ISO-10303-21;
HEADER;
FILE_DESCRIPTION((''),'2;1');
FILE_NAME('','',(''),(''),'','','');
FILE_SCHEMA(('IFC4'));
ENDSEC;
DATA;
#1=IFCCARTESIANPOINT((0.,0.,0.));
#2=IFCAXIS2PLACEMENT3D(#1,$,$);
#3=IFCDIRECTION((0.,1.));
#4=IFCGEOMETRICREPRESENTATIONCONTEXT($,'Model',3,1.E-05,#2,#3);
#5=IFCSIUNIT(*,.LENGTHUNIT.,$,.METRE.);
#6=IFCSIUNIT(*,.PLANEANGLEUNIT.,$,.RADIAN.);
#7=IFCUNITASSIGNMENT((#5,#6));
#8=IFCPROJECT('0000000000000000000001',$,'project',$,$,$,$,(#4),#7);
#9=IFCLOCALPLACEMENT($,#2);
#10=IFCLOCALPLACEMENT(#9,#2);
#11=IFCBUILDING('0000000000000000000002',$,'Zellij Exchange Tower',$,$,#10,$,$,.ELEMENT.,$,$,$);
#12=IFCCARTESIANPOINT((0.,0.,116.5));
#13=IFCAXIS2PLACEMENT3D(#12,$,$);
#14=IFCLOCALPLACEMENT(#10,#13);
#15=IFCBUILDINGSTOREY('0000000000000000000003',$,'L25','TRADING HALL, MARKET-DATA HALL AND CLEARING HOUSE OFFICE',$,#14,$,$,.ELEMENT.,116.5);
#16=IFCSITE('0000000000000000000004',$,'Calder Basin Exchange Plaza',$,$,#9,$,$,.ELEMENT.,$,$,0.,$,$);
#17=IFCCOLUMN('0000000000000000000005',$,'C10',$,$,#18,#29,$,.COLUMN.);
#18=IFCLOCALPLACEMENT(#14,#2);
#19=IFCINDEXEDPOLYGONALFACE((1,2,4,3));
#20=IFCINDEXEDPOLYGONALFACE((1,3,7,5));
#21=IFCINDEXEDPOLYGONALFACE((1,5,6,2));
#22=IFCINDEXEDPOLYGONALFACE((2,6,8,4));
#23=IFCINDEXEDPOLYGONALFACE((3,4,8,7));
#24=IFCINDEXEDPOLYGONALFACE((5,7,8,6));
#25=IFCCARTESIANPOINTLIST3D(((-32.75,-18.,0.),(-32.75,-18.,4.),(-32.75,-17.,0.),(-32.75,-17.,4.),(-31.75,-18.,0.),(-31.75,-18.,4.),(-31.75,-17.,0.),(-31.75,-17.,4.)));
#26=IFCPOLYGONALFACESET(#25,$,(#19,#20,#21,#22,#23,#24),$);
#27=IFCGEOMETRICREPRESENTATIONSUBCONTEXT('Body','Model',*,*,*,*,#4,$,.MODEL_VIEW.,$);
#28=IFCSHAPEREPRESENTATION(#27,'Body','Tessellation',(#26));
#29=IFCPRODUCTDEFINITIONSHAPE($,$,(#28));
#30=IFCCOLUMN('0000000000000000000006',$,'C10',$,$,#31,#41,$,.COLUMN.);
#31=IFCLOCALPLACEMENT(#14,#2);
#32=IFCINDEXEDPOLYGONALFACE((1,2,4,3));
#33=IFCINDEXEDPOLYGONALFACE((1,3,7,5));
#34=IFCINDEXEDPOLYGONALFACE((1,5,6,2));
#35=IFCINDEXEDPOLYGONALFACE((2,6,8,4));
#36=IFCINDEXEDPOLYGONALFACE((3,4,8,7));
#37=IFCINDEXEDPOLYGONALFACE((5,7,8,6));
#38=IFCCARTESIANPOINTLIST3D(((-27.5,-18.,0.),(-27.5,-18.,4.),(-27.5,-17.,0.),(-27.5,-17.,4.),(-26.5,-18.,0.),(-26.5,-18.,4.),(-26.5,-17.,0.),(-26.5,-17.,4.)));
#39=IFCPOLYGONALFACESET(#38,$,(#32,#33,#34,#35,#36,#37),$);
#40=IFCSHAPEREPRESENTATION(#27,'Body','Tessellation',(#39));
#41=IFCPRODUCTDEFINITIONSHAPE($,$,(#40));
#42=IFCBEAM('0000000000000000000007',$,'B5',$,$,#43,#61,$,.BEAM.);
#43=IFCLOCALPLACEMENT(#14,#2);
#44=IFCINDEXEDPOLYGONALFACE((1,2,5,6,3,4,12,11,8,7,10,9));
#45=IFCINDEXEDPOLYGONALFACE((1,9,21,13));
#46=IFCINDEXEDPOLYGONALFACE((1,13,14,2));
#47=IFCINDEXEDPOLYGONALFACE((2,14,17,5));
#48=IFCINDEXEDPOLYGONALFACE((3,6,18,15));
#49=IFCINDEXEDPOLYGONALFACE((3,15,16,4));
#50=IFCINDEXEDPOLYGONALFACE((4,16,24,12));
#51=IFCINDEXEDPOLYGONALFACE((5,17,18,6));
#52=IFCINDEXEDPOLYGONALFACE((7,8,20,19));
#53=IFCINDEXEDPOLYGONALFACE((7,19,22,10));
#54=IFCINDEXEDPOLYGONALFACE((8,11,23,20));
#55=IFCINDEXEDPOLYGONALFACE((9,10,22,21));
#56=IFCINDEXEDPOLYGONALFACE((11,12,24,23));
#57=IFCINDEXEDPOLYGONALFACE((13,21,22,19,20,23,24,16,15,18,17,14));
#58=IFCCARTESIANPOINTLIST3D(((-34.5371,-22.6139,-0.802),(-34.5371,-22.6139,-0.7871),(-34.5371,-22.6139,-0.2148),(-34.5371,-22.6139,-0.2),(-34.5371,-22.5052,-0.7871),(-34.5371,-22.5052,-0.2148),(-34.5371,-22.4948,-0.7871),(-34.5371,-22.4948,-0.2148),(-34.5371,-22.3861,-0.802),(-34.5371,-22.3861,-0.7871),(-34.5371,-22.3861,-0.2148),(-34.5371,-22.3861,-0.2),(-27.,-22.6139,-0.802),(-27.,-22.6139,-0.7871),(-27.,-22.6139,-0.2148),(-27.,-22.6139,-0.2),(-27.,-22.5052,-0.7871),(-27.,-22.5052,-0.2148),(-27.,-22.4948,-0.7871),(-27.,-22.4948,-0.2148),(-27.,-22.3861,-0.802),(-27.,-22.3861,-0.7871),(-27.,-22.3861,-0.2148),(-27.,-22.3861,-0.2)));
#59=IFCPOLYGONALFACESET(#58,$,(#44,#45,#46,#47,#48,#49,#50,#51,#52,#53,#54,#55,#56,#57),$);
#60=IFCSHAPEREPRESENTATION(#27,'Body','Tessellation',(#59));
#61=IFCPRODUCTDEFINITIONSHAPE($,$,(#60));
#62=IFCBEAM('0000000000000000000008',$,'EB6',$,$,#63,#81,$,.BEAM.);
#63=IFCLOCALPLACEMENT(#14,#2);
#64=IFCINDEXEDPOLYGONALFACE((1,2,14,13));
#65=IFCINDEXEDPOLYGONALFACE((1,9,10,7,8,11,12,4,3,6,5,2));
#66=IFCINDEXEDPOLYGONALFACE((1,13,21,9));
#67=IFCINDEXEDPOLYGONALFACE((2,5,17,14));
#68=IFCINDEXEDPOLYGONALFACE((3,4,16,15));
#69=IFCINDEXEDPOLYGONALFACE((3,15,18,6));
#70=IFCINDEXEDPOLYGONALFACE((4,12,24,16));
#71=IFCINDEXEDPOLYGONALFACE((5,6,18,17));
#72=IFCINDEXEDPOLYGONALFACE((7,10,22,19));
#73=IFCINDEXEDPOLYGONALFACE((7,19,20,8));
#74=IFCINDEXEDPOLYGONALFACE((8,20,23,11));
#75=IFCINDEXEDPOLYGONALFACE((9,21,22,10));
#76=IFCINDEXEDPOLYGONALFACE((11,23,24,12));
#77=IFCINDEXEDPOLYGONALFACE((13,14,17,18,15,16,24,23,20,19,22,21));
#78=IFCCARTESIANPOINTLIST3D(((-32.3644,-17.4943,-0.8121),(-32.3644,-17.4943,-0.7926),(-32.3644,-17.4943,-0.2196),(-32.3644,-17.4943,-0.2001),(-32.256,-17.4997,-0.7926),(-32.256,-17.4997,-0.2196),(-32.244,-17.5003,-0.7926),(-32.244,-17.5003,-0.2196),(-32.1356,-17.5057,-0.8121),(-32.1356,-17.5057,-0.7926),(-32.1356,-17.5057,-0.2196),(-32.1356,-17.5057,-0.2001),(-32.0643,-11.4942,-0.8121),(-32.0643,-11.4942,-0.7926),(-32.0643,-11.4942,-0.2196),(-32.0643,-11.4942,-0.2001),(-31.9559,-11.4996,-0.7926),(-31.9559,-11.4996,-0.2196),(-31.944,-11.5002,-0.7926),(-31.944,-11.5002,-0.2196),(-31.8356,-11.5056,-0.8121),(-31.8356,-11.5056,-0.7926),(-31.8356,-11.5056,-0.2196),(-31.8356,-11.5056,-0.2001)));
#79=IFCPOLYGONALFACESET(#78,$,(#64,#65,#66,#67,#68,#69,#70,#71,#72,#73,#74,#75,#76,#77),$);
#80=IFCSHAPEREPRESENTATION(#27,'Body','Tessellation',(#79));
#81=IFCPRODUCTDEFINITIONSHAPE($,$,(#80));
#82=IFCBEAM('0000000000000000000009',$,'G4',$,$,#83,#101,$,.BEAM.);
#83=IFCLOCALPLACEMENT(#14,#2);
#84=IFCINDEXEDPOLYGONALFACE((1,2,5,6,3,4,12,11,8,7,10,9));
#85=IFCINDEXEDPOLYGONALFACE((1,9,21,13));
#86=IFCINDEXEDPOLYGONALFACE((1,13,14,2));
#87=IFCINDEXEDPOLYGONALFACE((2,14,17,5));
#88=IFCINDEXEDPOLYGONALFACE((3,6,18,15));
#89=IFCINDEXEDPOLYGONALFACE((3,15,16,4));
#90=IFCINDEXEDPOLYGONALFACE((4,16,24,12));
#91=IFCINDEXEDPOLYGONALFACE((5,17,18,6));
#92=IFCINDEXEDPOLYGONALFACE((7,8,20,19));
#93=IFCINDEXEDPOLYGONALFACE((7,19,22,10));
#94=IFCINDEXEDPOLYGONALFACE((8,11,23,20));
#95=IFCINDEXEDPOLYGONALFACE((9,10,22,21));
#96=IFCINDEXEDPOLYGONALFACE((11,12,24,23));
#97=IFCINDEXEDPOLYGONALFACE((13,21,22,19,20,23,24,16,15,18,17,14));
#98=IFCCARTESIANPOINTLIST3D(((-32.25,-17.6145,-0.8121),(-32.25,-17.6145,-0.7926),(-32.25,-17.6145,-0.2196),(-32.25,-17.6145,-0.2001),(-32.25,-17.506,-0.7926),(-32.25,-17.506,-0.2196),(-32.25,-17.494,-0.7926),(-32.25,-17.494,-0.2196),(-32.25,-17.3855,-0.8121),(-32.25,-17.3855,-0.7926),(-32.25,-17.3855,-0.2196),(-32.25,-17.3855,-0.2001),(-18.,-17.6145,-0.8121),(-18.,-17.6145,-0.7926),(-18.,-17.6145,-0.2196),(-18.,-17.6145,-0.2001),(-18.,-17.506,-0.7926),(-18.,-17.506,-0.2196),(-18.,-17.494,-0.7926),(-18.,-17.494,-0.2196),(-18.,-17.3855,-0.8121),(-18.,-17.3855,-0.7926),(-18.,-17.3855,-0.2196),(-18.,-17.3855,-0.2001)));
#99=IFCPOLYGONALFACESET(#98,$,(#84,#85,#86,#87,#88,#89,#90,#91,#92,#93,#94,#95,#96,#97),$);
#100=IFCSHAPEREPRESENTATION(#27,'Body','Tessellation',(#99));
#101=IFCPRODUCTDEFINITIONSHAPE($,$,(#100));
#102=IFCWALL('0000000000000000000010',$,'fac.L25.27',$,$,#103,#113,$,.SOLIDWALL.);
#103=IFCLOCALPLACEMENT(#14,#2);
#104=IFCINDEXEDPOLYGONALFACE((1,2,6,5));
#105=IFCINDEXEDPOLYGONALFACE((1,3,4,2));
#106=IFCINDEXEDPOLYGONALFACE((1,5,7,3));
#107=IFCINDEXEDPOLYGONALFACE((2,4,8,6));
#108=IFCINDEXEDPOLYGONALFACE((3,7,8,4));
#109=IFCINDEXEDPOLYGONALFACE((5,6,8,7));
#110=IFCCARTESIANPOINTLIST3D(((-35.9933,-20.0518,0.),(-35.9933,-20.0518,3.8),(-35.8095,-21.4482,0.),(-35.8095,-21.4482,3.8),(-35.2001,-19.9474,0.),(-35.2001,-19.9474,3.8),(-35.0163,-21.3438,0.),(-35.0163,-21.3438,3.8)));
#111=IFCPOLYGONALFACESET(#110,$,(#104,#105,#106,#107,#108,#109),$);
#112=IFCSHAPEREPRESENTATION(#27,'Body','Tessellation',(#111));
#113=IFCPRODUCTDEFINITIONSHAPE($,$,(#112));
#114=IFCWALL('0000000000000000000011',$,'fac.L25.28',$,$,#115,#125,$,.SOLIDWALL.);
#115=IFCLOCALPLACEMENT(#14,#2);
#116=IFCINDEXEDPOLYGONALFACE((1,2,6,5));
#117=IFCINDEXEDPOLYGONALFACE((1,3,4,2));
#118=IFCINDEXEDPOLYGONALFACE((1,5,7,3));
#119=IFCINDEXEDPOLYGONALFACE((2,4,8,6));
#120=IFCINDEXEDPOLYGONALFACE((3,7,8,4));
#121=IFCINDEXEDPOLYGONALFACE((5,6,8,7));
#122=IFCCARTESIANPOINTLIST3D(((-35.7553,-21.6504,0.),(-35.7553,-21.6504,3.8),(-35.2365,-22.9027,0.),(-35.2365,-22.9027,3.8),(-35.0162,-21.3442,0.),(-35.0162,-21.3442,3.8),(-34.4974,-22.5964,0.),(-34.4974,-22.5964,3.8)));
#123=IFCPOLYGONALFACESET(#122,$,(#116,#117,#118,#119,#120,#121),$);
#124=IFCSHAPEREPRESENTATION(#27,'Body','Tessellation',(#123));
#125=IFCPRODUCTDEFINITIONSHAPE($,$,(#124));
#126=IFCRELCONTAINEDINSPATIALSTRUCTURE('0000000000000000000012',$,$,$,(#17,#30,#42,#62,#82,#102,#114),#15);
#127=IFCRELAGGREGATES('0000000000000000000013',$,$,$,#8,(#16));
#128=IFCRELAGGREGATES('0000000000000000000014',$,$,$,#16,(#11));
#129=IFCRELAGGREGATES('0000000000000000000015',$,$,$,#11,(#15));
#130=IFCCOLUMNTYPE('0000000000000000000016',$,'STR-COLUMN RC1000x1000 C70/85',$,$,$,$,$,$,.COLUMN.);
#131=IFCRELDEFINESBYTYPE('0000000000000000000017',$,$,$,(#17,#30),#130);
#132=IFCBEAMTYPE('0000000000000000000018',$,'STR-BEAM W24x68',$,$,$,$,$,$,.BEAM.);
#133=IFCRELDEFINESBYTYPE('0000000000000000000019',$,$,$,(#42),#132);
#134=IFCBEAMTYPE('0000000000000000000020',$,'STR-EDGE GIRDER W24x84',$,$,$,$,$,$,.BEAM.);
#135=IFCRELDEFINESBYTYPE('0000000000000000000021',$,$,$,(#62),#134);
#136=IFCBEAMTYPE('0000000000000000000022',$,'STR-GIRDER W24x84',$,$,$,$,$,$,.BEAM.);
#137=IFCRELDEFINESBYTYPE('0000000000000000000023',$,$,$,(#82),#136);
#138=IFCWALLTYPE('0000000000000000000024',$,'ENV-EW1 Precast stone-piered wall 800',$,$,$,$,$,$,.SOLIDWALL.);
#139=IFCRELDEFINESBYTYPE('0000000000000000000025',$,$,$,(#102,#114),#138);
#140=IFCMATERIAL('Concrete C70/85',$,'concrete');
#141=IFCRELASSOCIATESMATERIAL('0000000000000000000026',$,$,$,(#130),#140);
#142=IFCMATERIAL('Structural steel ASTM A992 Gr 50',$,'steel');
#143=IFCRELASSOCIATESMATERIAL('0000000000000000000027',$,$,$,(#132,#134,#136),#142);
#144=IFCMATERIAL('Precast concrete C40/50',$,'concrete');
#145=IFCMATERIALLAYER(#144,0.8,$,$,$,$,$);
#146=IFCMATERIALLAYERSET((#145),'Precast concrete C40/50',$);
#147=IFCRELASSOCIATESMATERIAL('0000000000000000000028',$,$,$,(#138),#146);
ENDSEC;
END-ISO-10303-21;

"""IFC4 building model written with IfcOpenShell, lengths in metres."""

from ifc_helpers import new_model, si_unit, direction, frame, frame_2d, origin, origin_2d, place, context, subcontext, project, spatial, rectangle, i_section, extrude, material, layer, layer_set, material_profile, profile_set, type_object, element, save


model = new_model("IFC4")

# Units and contexts
model_context = context("Model", 3, precision=1e-05, world=origin(), true_north=direction((0.0, 1.0)))
body_context = subcontext(model_context, "Body", "Model", "MODEL_VIEW")
ifc_project = project(units=[si_unit("LENGTHUNIT", "METRE"), si_unit("PLANEANGLEUNIT", "RADIAN")], contexts=[model_context])

# Site, building, storey
site_placement = place(None, origin())
site = spatial("IfcSite", under=ifc_project, at=site_placement, Name="Calder Basin Exchange Plaza", CompositionType="ELEMENT", RefElevation=0.0)
building_placement = place(site_placement, origin())
building = spatial("IfcBuilding", under=site, at=building_placement, Name="Zellij Exchange Tower", CompositionType="ELEMENT")
storey_placement = place(building_placement, frame((0.0, 0.0, 116.5)))
storey = spatial("IfcBuildingStorey", under=building, at=storey_placement, Name="L25", Description="TRADING HALL, MARKET-DATA HALL AND CLEARING HOUSE OFFICE", CompositionType="ELEMENT", Elevation=116.5)

# Columns
ifc_material_1 = material(Name="Concrete C70/85", Category="concrete")
ifc_material_profile_1 = material_profile(ifc_material_1, rectangle(XDim=1.0, YDim=1.0, at=origin_2d()), Name="STR-COLUMN RC1000x1000 C70/85")
ifc_profile_set_1 = profile_set([ifc_material_profile_1], Name="Concrete C70/85")
column_type = type_object("IfcColumnType", Name="STR-COLUMN RC1000x1000 C70/85", PredefinedType="COLUMN", material=ifc_profile_set_1)
for number, where, z_axis, x_axis, name in (
    (1, (-32.25, -17.5, 0.0), (0.0, 0.0, 1.0), (1.0, 0.0, 0.0), "C10"),
    (2, (-27.0, -17.5, 0.0), (0.0, 0.0, 1.0), (1.0, 0.0, 0.0), "C10"),
):
    element("IfcColumn", number, at=place(storey_placement, frame(where, z_axis=z_axis, x_axis=x_axis)), inside=storey, type_object=column_type, Name=name, PredefinedType="COLUMN", context=body_context, shape_type="SweptSolid", body=[
        extrude(rectangle(XDim=1.0, YDim=1.0, at=origin_2d()), origin(), (0.0, 0.0, 1.0), 4.0),
    ])

# Beams
ifc_material_2 = material(Name="Structural steel ASTM A992 Gr 50", Category="steel")
ifc_material_profile_2 = material_profile(ifc_material_2, i_section(OverallWidth=0.2278, OverallDepth=0.6021, WebThickness=0.0105, FlangeThickness=0.0149, at=origin_2d()), Name="W24x68")
ifc_profile_set_2 = profile_set([ifc_material_profile_2], Name="Structural steel ASTM A992 Gr 50")
beam_type_1 = type_object("IfcBeamType", Name="STR-BEAM W24x68", PredefinedType="BEAM", material=ifc_profile_set_2)
beam_1_placement = place(storey_placement, frame((-34.5371, -22.5, -0.501), z_axis=(1.0, 0.0, 0.0), x_axis=(0.0, 1.0, 0.0)))
element("IfcBeam", 3, at=beam_1_placement, inside=storey, type_object=beam_type_1, Name="B5", PredefinedType="BEAM", context=body_context, shape_type="SweptSolid", body=[
    extrude(i_section(OverallWidth=0.2278, OverallDepth=0.6021, WebThickness=0.0105, FlangeThickness=0.0149, at=origin_2d()), origin(), (0.0, 0.0, 1.0), 7.5371),
])
ifc_material_profile_3 = material_profile(ifc_material_2, i_section(OverallWidth=0.229, OverallDepth=0.6121, WebThickness=0.012, FlangeThickness=0.0195, at=origin_2d()), Name="W24x84")
ifc_profile_set_3 = profile_set([ifc_material_profile_3], Name="Structural steel ASTM A992 Gr 50")
beam_type_2 = type_object("IfcBeamType", Name="STR-EDGE GIRDER W24x84", PredefinedType="BEAM", material=ifc_profile_set_3)
beam_2_placement = place(storey_placement, frame((-32.25, -17.5, -0.5061), z_axis=(0.049946, 0.998752, 0.0), x_axis=(-0.998752, 0.049946, 0.0)))
element("IfcBeam", 4, at=beam_2_placement, inside=storey, type_object=beam_type_2, Name="EB6", PredefinedType="BEAM", context=body_context, shape_type="SweptSolid", body=[
    extrude(i_section(OverallWidth=0.229, OverallDepth=0.6121, WebThickness=0.012, FlangeThickness=0.0195, at=origin_2d()), origin(), (0.0, 0.0, 1.0), 6.0076),
])
ifc_material_profile_4 = material_profile(ifc_material_2, i_section(OverallWidth=0.229, OverallDepth=0.6121, WebThickness=0.012, FlangeThickness=0.0195, at=origin_2d()), Name="W24x84")
ifc_profile_set_4 = profile_set([ifc_material_profile_4], Name="Structural steel ASTM A992 Gr 50")
beam_type_3 = type_object("IfcBeamType", Name="STR-GIRDER W24x84", PredefinedType="BEAM", material=ifc_profile_set_4)
beam_3_placement = place(storey_placement, frame((-32.25, -17.5, -0.5061), z_axis=(1.0, 0.0, 0.0), x_axis=(0.0, 1.0, 0.0)))
element("IfcBeam", 5, at=beam_3_placement, inside=storey, type_object=beam_type_3, Name="G4", PredefinedType="BEAM", context=body_context, shape_type="SweptSolid", body=[
    extrude(i_section(OverallWidth=0.229, OverallDepth=0.6121, WebThickness=0.012, FlangeThickness=0.0195, at=origin_2d()), origin(), (0.0, 0.0, 1.0), 14.25),
])

# Walls
ifc_material_3 = material(Name="Precast concrete C40/50", Category="concrete")
ifc_layer_1 = layer(ifc_material_3, 0.8)
ifc_layer_set_1 = layer_set([ifc_layer_1], Name="Precast concrete C40/50")
wall_type_1 = type_object("IfcWallType", Name="ENV-EW1 Precast stone-piered wall 800", PredefinedType="SOLIDWALL", material=ifc_layer_set_1)
wall_1_placement = place(storey_placement, frame((-35.5967, -19.9998, 0.0), z_axis=(0.0, 0.0, 1.0), x_axis=(0.130517, -0.991446, 0.0)))
element("IfcWall", 6, at=wall_1_placement, inside=storey, type_object=wall_type_1, Name="fac.L25.27", PredefinedType="SOLIDWALL", context=body_context, shape_type="SweptSolid", body=[
    extrude(rectangle(XDim=1.4084, YDim=0.8, at=frame_2d((0.7041, 0.0))), origin(), (0.0, 0.0, 1.0), 3.8),
])
wall_2_placement = place(storey_placement, frame((-35.3857, -21.4973, 0.0), z_axis=(0.0, 0.0, 1.0), x_axis=(0.38276, -0.923848, 0.0)))
element("IfcWall", 7, at=wall_2_placement, inside=storey, type_object=wall_type_1, Name="fac.L25.28", PredefinedType="SOLIDWALL", context=body_context, shape_type="SweptSolid", body=[
    extrude(rectangle(XDim=1.3555, YDim=0.8, at=frame_2d((0.6777, 0.0))), origin(), (0.0, 0.0, 1.0), 3.8),
])

save(model, "model.ifc")
